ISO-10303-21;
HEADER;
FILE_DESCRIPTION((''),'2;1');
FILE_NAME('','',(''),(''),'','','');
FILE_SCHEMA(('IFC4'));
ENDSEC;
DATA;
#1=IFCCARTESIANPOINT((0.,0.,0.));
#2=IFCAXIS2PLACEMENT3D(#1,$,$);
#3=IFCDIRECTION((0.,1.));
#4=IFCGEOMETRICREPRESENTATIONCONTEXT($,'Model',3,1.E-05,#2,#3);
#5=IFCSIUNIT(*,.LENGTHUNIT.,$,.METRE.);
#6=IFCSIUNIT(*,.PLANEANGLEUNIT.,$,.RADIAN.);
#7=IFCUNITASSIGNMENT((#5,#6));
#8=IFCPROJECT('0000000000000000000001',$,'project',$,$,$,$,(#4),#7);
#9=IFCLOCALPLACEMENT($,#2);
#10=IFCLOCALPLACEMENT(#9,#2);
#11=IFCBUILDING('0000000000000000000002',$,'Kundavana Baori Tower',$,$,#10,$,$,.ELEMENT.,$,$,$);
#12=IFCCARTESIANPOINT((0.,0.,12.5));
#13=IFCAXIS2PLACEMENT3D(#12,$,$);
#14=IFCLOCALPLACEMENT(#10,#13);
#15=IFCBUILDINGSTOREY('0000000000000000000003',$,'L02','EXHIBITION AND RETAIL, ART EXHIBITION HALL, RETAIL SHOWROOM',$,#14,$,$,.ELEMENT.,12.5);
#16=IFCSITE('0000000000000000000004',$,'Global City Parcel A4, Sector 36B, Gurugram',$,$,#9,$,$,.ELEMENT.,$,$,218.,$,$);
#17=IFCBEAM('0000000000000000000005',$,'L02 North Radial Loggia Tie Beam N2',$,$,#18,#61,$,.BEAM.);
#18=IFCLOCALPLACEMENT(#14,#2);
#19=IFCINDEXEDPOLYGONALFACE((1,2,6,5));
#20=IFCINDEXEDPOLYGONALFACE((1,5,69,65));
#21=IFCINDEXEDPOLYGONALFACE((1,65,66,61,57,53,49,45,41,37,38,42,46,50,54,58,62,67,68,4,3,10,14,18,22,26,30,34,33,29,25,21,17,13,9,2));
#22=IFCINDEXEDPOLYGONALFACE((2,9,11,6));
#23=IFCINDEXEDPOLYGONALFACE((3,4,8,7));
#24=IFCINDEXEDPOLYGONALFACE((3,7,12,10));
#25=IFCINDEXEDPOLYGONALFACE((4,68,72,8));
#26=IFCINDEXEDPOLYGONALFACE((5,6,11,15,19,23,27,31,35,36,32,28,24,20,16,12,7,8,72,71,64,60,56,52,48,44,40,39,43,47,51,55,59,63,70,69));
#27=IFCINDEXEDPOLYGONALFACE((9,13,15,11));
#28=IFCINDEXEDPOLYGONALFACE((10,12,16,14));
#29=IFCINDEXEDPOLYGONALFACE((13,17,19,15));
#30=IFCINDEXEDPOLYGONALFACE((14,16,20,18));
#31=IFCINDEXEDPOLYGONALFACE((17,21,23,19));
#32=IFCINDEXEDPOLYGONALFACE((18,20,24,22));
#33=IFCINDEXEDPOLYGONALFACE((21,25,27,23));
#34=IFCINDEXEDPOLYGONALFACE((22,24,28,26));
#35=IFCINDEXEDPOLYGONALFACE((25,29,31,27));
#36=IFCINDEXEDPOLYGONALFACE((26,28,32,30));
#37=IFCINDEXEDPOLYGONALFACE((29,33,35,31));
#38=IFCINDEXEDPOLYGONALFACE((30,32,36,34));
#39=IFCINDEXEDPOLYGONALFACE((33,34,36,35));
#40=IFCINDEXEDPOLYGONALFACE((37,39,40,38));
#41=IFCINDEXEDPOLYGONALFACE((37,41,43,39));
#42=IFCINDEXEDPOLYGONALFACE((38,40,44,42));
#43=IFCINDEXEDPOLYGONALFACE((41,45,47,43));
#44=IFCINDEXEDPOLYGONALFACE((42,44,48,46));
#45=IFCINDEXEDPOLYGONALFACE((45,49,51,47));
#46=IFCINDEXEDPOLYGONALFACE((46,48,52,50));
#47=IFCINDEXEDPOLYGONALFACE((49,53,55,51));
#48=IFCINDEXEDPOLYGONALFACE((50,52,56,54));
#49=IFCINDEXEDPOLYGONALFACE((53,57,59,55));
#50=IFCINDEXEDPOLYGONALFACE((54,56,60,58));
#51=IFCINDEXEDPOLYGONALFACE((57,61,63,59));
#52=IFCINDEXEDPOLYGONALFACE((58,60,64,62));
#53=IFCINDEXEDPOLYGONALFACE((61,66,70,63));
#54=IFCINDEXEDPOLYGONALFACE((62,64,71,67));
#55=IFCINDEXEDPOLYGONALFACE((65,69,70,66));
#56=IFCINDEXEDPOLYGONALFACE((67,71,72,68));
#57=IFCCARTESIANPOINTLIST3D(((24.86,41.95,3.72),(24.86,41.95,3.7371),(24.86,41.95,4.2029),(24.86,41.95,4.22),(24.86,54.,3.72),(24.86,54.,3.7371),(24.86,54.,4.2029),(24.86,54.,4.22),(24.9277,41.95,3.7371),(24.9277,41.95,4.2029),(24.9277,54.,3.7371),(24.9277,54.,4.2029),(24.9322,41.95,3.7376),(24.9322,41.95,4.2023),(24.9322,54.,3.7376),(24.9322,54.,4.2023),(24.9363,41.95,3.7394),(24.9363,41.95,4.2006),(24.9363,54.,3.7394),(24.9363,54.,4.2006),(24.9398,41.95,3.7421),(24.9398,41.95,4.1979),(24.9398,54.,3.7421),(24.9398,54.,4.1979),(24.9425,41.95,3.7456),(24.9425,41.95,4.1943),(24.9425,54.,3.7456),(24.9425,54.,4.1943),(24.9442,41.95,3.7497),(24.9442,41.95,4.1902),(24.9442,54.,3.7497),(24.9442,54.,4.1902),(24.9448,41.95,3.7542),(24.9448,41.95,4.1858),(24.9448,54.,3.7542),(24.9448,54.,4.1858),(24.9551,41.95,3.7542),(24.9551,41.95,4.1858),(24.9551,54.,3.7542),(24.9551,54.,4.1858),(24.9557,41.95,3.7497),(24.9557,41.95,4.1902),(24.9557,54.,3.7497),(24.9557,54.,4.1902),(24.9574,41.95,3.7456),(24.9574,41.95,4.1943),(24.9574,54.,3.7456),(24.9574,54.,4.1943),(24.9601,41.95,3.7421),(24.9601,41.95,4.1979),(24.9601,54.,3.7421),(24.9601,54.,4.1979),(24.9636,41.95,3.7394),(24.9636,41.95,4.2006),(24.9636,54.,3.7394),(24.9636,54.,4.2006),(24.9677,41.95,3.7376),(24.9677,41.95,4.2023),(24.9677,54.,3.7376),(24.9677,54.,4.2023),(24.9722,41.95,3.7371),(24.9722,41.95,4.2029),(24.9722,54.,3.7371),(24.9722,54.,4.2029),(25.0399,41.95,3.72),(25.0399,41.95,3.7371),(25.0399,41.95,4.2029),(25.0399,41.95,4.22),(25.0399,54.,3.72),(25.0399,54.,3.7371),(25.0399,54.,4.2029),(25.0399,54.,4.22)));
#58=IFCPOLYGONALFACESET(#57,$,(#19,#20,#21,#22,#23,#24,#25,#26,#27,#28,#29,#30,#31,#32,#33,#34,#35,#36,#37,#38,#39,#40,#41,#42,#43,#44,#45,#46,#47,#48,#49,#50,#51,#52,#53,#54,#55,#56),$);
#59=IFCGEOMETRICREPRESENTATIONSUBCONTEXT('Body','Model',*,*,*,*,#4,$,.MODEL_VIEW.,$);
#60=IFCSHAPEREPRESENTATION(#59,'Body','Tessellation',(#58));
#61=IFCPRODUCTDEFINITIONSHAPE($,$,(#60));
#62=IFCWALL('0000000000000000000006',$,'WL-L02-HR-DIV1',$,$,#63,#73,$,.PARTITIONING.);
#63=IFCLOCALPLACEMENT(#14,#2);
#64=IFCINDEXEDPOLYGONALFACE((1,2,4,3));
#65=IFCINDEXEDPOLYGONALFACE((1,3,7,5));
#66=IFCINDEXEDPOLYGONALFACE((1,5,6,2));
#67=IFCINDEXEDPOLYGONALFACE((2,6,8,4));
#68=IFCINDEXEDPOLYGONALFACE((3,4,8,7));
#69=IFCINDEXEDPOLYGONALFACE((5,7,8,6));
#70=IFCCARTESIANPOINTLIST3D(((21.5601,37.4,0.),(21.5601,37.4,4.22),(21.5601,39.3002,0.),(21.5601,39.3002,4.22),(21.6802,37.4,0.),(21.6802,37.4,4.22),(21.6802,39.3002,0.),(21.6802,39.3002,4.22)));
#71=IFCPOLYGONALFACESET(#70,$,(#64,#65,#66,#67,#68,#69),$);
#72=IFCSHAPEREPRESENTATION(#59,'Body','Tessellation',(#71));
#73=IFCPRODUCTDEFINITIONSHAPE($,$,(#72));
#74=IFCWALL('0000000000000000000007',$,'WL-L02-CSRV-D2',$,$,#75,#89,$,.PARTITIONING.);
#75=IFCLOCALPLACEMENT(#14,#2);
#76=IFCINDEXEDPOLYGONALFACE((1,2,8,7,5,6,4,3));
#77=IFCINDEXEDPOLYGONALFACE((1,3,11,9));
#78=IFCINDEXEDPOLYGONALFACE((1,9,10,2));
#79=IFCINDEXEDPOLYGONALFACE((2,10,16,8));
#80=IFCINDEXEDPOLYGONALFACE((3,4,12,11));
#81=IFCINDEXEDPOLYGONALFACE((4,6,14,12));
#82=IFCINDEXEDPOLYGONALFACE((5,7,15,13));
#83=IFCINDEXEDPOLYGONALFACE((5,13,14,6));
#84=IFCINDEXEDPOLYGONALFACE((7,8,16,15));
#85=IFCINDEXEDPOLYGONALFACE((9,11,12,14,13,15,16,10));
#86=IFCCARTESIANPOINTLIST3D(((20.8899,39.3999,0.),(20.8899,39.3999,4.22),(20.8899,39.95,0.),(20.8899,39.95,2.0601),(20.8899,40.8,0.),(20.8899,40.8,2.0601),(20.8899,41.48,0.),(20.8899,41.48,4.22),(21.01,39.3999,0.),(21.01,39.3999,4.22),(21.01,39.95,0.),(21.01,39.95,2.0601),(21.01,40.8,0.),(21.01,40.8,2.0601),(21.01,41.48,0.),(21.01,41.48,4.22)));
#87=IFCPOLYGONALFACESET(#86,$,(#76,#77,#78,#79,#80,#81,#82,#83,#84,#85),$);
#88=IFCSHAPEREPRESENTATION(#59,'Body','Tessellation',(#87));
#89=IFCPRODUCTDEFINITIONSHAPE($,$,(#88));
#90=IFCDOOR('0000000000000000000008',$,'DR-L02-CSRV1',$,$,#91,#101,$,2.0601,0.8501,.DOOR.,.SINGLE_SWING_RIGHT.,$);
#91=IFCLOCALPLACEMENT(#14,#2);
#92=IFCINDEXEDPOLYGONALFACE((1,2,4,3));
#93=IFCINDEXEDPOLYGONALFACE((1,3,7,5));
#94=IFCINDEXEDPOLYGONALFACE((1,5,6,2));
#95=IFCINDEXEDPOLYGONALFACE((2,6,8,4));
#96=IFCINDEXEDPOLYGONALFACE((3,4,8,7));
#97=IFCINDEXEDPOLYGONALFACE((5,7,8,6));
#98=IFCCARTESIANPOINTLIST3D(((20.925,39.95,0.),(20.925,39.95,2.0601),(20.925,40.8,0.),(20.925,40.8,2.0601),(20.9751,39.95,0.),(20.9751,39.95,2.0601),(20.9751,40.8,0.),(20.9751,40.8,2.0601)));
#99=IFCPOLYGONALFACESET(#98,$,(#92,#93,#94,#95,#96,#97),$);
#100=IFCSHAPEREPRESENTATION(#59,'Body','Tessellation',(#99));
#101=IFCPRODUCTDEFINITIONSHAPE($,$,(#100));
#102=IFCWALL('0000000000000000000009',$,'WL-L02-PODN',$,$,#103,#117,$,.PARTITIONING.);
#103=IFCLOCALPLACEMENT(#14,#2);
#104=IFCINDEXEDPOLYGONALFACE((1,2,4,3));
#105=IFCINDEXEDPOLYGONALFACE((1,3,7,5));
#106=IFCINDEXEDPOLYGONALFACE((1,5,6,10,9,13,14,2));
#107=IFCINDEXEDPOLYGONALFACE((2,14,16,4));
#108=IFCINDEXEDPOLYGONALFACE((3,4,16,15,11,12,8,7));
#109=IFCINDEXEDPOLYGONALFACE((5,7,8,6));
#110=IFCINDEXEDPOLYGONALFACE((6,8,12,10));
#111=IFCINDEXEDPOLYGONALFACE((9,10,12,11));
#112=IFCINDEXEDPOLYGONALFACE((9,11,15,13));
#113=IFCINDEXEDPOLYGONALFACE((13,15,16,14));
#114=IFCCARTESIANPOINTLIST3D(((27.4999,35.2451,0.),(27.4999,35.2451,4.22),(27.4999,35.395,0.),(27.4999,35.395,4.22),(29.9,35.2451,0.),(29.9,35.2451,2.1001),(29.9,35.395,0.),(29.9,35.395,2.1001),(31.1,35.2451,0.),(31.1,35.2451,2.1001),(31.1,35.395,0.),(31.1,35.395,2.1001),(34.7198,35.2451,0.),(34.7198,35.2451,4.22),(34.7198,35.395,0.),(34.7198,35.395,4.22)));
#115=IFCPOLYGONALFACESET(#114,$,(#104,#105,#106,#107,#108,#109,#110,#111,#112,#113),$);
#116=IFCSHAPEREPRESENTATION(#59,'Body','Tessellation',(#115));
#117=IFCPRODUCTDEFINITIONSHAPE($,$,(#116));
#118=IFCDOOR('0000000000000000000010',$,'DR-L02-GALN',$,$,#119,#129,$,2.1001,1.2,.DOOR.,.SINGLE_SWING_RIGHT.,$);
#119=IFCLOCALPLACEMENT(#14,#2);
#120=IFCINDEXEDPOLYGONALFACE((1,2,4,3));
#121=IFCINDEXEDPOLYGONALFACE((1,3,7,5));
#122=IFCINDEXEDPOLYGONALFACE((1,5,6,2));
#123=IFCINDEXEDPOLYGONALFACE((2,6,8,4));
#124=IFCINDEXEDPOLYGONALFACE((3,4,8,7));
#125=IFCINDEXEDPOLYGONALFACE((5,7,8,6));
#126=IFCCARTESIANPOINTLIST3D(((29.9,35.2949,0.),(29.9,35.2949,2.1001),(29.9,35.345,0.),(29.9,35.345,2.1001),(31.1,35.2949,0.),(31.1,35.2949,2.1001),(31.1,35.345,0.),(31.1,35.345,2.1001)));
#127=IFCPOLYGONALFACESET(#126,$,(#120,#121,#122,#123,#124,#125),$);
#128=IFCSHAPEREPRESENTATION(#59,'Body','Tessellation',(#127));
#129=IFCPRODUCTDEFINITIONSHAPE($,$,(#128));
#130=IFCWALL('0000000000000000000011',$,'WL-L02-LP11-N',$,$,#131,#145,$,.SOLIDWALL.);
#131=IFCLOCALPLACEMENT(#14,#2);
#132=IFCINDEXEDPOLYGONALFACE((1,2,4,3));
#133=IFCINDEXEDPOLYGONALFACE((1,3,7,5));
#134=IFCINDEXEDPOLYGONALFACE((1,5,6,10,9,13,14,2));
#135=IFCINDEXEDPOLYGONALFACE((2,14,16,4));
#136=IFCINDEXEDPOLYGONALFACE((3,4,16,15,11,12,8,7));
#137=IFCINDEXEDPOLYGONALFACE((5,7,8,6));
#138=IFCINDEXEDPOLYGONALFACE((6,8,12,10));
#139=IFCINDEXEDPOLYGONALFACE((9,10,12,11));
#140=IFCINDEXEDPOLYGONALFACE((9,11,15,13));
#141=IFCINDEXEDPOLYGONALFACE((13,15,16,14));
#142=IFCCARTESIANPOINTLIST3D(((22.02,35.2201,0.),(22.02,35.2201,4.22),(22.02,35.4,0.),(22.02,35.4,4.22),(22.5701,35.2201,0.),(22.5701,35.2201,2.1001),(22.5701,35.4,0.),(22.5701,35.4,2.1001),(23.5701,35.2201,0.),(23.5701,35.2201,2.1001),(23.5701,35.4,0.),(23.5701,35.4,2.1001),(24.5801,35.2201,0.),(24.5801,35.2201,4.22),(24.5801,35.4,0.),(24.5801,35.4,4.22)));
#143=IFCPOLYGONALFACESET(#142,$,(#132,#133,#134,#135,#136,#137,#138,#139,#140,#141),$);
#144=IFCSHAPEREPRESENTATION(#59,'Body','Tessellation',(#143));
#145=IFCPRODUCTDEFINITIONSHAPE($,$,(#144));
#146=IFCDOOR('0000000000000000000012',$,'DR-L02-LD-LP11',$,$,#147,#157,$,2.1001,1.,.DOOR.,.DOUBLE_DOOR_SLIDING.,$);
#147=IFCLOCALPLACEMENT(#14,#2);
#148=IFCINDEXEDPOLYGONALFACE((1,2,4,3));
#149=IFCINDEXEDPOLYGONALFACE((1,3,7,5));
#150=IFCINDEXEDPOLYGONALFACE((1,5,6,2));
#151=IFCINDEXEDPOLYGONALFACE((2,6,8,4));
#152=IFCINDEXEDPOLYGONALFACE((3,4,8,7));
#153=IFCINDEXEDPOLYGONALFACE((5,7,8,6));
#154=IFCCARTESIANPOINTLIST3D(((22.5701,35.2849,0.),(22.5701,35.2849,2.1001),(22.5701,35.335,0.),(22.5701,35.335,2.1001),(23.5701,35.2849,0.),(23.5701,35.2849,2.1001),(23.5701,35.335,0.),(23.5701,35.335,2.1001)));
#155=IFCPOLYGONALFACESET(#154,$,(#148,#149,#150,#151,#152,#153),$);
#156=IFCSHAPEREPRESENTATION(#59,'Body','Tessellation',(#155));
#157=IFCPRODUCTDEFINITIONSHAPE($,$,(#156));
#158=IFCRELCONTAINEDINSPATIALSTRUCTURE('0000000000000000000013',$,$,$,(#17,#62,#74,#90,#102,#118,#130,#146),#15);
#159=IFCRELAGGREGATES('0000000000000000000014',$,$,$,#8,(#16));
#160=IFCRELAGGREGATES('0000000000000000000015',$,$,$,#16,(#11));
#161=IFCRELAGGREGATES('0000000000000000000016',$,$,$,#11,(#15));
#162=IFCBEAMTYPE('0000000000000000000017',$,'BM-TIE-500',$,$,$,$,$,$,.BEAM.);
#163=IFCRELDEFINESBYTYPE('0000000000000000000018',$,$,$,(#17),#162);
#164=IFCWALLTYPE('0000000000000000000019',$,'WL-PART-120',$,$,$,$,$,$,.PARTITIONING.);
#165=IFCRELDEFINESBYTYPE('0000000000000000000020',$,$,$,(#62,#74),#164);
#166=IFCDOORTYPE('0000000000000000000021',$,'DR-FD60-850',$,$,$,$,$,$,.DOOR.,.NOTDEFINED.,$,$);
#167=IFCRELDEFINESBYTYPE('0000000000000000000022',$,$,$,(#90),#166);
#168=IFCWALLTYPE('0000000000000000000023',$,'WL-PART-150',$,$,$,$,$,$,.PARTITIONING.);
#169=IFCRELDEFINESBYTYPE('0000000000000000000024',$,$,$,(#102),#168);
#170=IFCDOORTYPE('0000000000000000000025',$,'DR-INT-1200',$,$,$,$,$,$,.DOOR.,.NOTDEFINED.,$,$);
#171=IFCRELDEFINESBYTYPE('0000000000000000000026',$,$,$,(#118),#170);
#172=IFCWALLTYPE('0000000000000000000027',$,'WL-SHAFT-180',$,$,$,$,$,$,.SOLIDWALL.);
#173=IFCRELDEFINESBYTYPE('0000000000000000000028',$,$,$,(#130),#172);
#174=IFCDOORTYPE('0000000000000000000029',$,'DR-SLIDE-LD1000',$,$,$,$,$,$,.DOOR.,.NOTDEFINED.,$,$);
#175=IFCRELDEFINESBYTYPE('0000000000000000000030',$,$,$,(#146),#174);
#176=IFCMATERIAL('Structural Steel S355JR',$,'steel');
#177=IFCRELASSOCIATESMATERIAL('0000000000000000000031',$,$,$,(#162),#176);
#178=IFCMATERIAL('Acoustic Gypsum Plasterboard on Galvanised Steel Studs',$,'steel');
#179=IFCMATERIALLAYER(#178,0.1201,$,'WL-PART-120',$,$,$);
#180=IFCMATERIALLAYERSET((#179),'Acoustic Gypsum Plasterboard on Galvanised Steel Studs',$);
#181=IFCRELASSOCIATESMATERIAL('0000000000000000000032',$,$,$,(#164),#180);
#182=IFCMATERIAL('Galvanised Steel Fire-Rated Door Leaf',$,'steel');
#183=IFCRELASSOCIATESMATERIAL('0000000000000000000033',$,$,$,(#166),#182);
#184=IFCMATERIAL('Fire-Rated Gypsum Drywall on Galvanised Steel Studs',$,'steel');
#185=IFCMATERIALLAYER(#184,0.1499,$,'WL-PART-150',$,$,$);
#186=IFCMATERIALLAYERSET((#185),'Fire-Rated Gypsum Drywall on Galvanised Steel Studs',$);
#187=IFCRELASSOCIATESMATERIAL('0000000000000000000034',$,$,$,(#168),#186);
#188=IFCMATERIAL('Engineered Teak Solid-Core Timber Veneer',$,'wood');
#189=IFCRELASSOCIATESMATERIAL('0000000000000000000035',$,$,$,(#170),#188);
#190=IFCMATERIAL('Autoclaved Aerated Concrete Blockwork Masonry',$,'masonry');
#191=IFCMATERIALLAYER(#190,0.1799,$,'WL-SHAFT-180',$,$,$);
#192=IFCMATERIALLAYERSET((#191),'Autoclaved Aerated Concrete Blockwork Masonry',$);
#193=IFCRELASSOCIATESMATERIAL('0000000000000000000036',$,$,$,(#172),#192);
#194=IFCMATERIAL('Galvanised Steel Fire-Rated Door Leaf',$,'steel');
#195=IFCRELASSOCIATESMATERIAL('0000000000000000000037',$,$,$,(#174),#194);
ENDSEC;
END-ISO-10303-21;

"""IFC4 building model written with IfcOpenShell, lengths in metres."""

from ifc_helpers import new_model, si_unit, direction, frame, frame_2d, origin, origin_2d, place, context, subcontext, project, spatial, rectangle, i_section, extrude, material, layer, layer_set, material_profile, profile_set, type_object, element, fill, save


model = new_model("IFC4")

# Units and contexts
model_context = context("Model", 3, precision=1e-05, world=origin(), true_north=direction((0.0, 1.0)))
body_context = subcontext(model_context, "Body", "Model", "MODEL_VIEW")
ifc_project = project(units=[si_unit("LENGTHUNIT", "METRE"), si_unit("PLANEANGLEUNIT", "RADIAN")], contexts=[model_context])

# Site, building, storey
site_placement = place(None, origin())
site = spatial("IfcSite", under=ifc_project, at=site_placement, Name="Global City Parcel A4, Sector 36B, Gurugram", CompositionType="ELEMENT", RefElevation=218.0)
building_placement = place(site_placement, origin())
building = spatial("IfcBuilding", under=site, at=building_placement, Name="Kundavana Baori Tower", CompositionType="ELEMENT")
storey_placement = place(building_placement, frame((0.0, 0.0, 12.5)))
storey = spatial("IfcBuildingStorey", under=building, at=storey_placement, Name="L02", Description="EXHIBITION AND RETAIL, ART EXHIBITION HALL, RETAIL SHOWROOM", CompositionType="ELEMENT", Elevation=12.5)

# Beam
ifc_material_1 = material(Name="Structural Steel S355JR", Category="steel")
ifc_material_profile_1 = material_profile(ifc_material_1, i_section(OverallWidth=0.1799, OverallDepth=0.5, WebThickness=0.0103, FlangeThickness=0.0171, FilletRadius=0.0171, at=origin_2d()), Name="ISMB 500")
ifc_profile_set_1 = profile_set([ifc_material_profile_1], Name="Structural Steel S355JR")
beam_type_1 = type_object("IfcBeamType", Name="BM-TIE-500", PredefinedType="BEAM", material=ifc_profile_set_1)
beam_1_placement = place(storey_placement, frame((24.95, 41.95, 3.97), z_axis=(0.0, 1.0, 0.0), x_axis=(-1.0, 0.0, 0.0)))
element("IfcBeam", 1, at=beam_1_placement, inside=storey, type_object=beam_type_1, Name="L02 North Radial Loggia Tie Beam N2", PredefinedType="BEAM", context=body_context, shape_type="SweptSolid", body=[
    extrude(i_section(OverallWidth=0.1799, OverallDepth=0.5, WebThickness=0.0103, FlangeThickness=0.0171, FilletRadius=0.0171, at=origin_2d()), origin(), (0.0, 0.0, 1.0), 12.05),
])

# Wall
ifc_material_2 = material(Name="Acoustic Gypsum Plasterboard on Galvanised Steel Studs", Category="steel")
ifc_layer_1 = layer(ifc_material_2, 0.1201, Name="WL-PART-120")
ifc_layer_set_1 = layer_set([ifc_layer_1], Name="Acoustic Gypsum Plasterboard on Galvanised Steel Studs")
wall_type_1 = type_object("IfcWallType", Name="WL-PART-120", PredefinedType="PARTITIONING", material=ifc_layer_set_1)
wall_1_placement = place(storey_placement, frame((21.6201, 37.3999, 0.0), z_axis=(0.0, 0.0, 1.0), x_axis=(0.0, 1.0, 0.0)))
element("IfcWall", 2, at=wall_1_placement, inside=storey, type_object=wall_type_1, Name="WL-L02-HR-DIV1", PredefinedType="PARTITIONING", context=body_context, shape_type="SweptSolid", body=[
    extrude(rectangle(XDim=1.9001, YDim=0.1201, at=frame_2d((0.9502, 0.0))), origin(), (0.0, 0.0, 1.0), 4.22),
])

# Walls, openings, doors
wall_2_placement = place(storey_placement, frame((20.95, 39.3999, 0.0), z_axis=(0.0, 0.0, 1.0), x_axis=(0.0, 1.0, 0.0)))
wall_2 = element("IfcWall", 3, at=wall_2_placement, inside=storey, type_object=wall_type_1, Name="WL-L02-CSRV-D2", PredefinedType="PARTITIONING", context=body_context, shape_type="SweptSolid", body=[
    extrude(rectangle(XDim=2.0801, YDim=0.1201, at=frame_2d((1.04, 0.0))), origin(), (0.0, 0.0, 1.0), 4.22),
])
opening_1_placement = place(wall_2_placement, frame((0.55, 0.0, 0.0)))
opening_1 = element("IfcOpeningElement", 4, at=opening_1_placement, cuts=wall_2, PredefinedType="OPENING", context=body_context, shape_type="SweptSolid", body=[
    extrude(rectangle(XDim=0.8501, YDim=2.0601, at=frame_2d((0.425, 1.03))), frame((0.0, 0.0701, 0.0), z_axis=(0.0, -1.0, 0.0), x_axis=(1.0, 0.0, 0.0)), (0.0, 0.0, 1.0), 0.1401),
])
ifc_material_3 = material(Name="Galvanised Steel Fire-Rated Door Leaf", Category="steel")
door_type_1 = type_object("IfcDoorType", Name="DR-FD60-850", OperationType="NOTDEFINED", PredefinedType="DOOR", material=ifc_material_3)
door_1_placement = place(opening_1_placement, origin())
door_1 = element("IfcDoor", 5, at=door_1_placement, inside=storey, type_object=door_type_1, Name="DR-L02-CSRV1", OperationType="SINGLE_SWING_RIGHT", OverallHeight=2.0601, OverallWidth=0.8501, PredefinedType="DOOR", context=body_context, shape_type="SweptSolid", body=[
    extrude(rectangle(XDim=0.8501, YDim=2.0601, at=frame_2d((0.425, 1.03))), frame((0.0, 0.0249, 0.0), z_axis=(0.0, -1.0, 0.0), x_axis=(1.0, 0.0, 0.0)), (0.0, 0.0, 1.0), 0.05),
])
fill(opening_1, door_1)
ifc_material_4 = material(Name="Fire-Rated Gypsum Drywall on Galvanised Steel Studs", Category="steel")
ifc_layer_2 = layer(ifc_material_4, 0.1499, Name="WL-PART-150")
ifc_layer_set_2 = layer_set([ifc_layer_2], Name="Fire-Rated Gypsum Drywall on Galvanised Steel Studs")
wall_type_2 = type_object("IfcWallType", Name="WL-PART-150", PredefinedType="PARTITIONING", material=ifc_layer_set_2)
wall_3_placement = place(storey_placement, frame((27.5, 35.3201, 0.0), z_axis=(0.0, 0.0, 1.0), x_axis=(1.0, 0.0, 0.0)))
wall_3 = element("IfcWall", 6, at=wall_3_placement, inside=storey, type_object=wall_type_2, Name="WL-L02-PODN", PredefinedType="PARTITIONING", context=body_context, shape_type="SweptSolid", body=[
    extrude(rectangle(XDim=7.22, YDim=0.1499, at=frame_2d((3.6099, 0.0))), origin(), (0.0, 0.0, 1.0), 4.22),
])
opening_2_placement = place(wall_3_placement, frame((2.3999, 0.0, 0.0)))
opening_2 = element("IfcOpeningElement", 7, at=opening_2_placement, cuts=wall_3, PredefinedType="OPENING", context=body_context, shape_type="SweptSolid", body=[
    extrude(rectangle(XDim=1.2, YDim=2.1001, at=frame_2d((0.6001, 1.05))), frame((0.0, 0.085, 0.0), z_axis=(0.0, -1.0, 0.0), x_axis=(1.0, 0.0, 0.0)), (0.0, 0.0, 1.0), 0.1699),
])
ifc_material_5 = material(Name="Engineered Teak Solid-Core Timber Veneer", Category="wood")
door_type_2 = type_object("IfcDoorType", Name="DR-INT-1200", OperationType="NOTDEFINED", PredefinedType="DOOR", material=ifc_material_5)
door_2_placement = place(opening_2_placement, origin())
door_2 = element("IfcDoor", 8, at=door_2_placement, inside=storey, type_object=door_type_2, Name="DR-L02-GALN", OperationType="SINGLE_SWING_RIGHT", OverallHeight=2.1001, OverallWidth=1.2, PredefinedType="DOOR", context=body_context, shape_type="SweptSolid", body=[
    extrude(rectangle(XDim=1.2, YDim=2.1001, at=frame_2d((0.6001, 1.05))), frame((0.0, 0.0249, 0.0), z_axis=(0.0, -1.0, 0.0), x_axis=(1.0, 0.0, 0.0)), (0.0, 0.0, 1.0), 0.05),
])
fill(opening_2, door_2)
ifc_material_6 = material(Name="Autoclaved Aerated Concrete Blockwork Masonry", Category="masonry")
ifc_layer_3 = layer(ifc_material_6, 0.1799, Name="WL-SHAFT-180")
ifc_layer_set_3 = layer_set([ifc_layer_3], Name="Autoclaved Aerated Concrete Blockwork Masonry")
wall_type_3 = type_object("IfcWallType", Name="WL-SHAFT-180", PredefinedType="SOLIDWALL", material=ifc_layer_set_3)
wall_4_placement = place(storey_placement, frame((22.02, 35.3101, 0.0), z_axis=(0.0, 0.0, 1.0), x_axis=(1.0, 0.0, 0.0)))
wall_4 = element("IfcWall", 9, at=wall_4_placement, inside=storey, type_object=wall_type_3, Name="WL-L02-LP11-N", PredefinedType="SOLIDWALL", context=body_context, shape_type="SweptSolid", body=[
    extrude(rectangle(XDim=2.5601, YDim=0.1799, at=frame_2d((1.28, 0.0))), origin(), (0.0, 0.0, 1.0), 4.22),
])
opening_3_placement = place(wall_4_placement, frame((0.55, 0.0, 0.0)))
opening_3 = element("IfcOpeningElement", 10, at=opening_3_placement, cuts=wall_4, PredefinedType="OPENING", context=body_context, shape_type="SweptSolid", body=[
    extrude(rectangle(XDim=1.0, YDim=2.1001, at=frame_2d((0.5, 1.05))), frame((0.0, 0.1001, 0.0), z_axis=(0.0, -1.0, 0.0), x_axis=(1.0, 0.0, 0.0)), (0.0, 0.0, 1.0), 0.2),
])
ifc_material_7 = material(Name="Galvanised Steel Fire-Rated Door Leaf", Category="steel")
door_type_3 = type_object("IfcDoorType", Name="DR-SLIDE-LD1000", OperationType="NOTDEFINED", PredefinedType="DOOR", material=ifc_material_7)
door_3_placement = place(opening_3_placement, origin())
door_3 = element("IfcDoor", 11, at=door_3_placement, inside=storey, type_object=door_type_3, Name="DR-L02-LD-LP11", OperationType="DOUBLE_DOOR_SLIDING", OverallHeight=2.1001, OverallWidth=1.0, PredefinedType="DOOR", context=body_context, shape_type="SweptSolid", body=[
    extrude(rectangle(XDim=1.0, YDim=2.1001, at=frame_2d((0.5, 1.05))), frame((0.0, 0.0249, 0.0), z_axis=(0.0, -1.0, 0.0), x_axis=(1.0, 0.0, 0.0)), (0.0, 0.0, 1.0), 0.05),
])
fill(opening_3, door_3)

save(model, "model.ifc")
